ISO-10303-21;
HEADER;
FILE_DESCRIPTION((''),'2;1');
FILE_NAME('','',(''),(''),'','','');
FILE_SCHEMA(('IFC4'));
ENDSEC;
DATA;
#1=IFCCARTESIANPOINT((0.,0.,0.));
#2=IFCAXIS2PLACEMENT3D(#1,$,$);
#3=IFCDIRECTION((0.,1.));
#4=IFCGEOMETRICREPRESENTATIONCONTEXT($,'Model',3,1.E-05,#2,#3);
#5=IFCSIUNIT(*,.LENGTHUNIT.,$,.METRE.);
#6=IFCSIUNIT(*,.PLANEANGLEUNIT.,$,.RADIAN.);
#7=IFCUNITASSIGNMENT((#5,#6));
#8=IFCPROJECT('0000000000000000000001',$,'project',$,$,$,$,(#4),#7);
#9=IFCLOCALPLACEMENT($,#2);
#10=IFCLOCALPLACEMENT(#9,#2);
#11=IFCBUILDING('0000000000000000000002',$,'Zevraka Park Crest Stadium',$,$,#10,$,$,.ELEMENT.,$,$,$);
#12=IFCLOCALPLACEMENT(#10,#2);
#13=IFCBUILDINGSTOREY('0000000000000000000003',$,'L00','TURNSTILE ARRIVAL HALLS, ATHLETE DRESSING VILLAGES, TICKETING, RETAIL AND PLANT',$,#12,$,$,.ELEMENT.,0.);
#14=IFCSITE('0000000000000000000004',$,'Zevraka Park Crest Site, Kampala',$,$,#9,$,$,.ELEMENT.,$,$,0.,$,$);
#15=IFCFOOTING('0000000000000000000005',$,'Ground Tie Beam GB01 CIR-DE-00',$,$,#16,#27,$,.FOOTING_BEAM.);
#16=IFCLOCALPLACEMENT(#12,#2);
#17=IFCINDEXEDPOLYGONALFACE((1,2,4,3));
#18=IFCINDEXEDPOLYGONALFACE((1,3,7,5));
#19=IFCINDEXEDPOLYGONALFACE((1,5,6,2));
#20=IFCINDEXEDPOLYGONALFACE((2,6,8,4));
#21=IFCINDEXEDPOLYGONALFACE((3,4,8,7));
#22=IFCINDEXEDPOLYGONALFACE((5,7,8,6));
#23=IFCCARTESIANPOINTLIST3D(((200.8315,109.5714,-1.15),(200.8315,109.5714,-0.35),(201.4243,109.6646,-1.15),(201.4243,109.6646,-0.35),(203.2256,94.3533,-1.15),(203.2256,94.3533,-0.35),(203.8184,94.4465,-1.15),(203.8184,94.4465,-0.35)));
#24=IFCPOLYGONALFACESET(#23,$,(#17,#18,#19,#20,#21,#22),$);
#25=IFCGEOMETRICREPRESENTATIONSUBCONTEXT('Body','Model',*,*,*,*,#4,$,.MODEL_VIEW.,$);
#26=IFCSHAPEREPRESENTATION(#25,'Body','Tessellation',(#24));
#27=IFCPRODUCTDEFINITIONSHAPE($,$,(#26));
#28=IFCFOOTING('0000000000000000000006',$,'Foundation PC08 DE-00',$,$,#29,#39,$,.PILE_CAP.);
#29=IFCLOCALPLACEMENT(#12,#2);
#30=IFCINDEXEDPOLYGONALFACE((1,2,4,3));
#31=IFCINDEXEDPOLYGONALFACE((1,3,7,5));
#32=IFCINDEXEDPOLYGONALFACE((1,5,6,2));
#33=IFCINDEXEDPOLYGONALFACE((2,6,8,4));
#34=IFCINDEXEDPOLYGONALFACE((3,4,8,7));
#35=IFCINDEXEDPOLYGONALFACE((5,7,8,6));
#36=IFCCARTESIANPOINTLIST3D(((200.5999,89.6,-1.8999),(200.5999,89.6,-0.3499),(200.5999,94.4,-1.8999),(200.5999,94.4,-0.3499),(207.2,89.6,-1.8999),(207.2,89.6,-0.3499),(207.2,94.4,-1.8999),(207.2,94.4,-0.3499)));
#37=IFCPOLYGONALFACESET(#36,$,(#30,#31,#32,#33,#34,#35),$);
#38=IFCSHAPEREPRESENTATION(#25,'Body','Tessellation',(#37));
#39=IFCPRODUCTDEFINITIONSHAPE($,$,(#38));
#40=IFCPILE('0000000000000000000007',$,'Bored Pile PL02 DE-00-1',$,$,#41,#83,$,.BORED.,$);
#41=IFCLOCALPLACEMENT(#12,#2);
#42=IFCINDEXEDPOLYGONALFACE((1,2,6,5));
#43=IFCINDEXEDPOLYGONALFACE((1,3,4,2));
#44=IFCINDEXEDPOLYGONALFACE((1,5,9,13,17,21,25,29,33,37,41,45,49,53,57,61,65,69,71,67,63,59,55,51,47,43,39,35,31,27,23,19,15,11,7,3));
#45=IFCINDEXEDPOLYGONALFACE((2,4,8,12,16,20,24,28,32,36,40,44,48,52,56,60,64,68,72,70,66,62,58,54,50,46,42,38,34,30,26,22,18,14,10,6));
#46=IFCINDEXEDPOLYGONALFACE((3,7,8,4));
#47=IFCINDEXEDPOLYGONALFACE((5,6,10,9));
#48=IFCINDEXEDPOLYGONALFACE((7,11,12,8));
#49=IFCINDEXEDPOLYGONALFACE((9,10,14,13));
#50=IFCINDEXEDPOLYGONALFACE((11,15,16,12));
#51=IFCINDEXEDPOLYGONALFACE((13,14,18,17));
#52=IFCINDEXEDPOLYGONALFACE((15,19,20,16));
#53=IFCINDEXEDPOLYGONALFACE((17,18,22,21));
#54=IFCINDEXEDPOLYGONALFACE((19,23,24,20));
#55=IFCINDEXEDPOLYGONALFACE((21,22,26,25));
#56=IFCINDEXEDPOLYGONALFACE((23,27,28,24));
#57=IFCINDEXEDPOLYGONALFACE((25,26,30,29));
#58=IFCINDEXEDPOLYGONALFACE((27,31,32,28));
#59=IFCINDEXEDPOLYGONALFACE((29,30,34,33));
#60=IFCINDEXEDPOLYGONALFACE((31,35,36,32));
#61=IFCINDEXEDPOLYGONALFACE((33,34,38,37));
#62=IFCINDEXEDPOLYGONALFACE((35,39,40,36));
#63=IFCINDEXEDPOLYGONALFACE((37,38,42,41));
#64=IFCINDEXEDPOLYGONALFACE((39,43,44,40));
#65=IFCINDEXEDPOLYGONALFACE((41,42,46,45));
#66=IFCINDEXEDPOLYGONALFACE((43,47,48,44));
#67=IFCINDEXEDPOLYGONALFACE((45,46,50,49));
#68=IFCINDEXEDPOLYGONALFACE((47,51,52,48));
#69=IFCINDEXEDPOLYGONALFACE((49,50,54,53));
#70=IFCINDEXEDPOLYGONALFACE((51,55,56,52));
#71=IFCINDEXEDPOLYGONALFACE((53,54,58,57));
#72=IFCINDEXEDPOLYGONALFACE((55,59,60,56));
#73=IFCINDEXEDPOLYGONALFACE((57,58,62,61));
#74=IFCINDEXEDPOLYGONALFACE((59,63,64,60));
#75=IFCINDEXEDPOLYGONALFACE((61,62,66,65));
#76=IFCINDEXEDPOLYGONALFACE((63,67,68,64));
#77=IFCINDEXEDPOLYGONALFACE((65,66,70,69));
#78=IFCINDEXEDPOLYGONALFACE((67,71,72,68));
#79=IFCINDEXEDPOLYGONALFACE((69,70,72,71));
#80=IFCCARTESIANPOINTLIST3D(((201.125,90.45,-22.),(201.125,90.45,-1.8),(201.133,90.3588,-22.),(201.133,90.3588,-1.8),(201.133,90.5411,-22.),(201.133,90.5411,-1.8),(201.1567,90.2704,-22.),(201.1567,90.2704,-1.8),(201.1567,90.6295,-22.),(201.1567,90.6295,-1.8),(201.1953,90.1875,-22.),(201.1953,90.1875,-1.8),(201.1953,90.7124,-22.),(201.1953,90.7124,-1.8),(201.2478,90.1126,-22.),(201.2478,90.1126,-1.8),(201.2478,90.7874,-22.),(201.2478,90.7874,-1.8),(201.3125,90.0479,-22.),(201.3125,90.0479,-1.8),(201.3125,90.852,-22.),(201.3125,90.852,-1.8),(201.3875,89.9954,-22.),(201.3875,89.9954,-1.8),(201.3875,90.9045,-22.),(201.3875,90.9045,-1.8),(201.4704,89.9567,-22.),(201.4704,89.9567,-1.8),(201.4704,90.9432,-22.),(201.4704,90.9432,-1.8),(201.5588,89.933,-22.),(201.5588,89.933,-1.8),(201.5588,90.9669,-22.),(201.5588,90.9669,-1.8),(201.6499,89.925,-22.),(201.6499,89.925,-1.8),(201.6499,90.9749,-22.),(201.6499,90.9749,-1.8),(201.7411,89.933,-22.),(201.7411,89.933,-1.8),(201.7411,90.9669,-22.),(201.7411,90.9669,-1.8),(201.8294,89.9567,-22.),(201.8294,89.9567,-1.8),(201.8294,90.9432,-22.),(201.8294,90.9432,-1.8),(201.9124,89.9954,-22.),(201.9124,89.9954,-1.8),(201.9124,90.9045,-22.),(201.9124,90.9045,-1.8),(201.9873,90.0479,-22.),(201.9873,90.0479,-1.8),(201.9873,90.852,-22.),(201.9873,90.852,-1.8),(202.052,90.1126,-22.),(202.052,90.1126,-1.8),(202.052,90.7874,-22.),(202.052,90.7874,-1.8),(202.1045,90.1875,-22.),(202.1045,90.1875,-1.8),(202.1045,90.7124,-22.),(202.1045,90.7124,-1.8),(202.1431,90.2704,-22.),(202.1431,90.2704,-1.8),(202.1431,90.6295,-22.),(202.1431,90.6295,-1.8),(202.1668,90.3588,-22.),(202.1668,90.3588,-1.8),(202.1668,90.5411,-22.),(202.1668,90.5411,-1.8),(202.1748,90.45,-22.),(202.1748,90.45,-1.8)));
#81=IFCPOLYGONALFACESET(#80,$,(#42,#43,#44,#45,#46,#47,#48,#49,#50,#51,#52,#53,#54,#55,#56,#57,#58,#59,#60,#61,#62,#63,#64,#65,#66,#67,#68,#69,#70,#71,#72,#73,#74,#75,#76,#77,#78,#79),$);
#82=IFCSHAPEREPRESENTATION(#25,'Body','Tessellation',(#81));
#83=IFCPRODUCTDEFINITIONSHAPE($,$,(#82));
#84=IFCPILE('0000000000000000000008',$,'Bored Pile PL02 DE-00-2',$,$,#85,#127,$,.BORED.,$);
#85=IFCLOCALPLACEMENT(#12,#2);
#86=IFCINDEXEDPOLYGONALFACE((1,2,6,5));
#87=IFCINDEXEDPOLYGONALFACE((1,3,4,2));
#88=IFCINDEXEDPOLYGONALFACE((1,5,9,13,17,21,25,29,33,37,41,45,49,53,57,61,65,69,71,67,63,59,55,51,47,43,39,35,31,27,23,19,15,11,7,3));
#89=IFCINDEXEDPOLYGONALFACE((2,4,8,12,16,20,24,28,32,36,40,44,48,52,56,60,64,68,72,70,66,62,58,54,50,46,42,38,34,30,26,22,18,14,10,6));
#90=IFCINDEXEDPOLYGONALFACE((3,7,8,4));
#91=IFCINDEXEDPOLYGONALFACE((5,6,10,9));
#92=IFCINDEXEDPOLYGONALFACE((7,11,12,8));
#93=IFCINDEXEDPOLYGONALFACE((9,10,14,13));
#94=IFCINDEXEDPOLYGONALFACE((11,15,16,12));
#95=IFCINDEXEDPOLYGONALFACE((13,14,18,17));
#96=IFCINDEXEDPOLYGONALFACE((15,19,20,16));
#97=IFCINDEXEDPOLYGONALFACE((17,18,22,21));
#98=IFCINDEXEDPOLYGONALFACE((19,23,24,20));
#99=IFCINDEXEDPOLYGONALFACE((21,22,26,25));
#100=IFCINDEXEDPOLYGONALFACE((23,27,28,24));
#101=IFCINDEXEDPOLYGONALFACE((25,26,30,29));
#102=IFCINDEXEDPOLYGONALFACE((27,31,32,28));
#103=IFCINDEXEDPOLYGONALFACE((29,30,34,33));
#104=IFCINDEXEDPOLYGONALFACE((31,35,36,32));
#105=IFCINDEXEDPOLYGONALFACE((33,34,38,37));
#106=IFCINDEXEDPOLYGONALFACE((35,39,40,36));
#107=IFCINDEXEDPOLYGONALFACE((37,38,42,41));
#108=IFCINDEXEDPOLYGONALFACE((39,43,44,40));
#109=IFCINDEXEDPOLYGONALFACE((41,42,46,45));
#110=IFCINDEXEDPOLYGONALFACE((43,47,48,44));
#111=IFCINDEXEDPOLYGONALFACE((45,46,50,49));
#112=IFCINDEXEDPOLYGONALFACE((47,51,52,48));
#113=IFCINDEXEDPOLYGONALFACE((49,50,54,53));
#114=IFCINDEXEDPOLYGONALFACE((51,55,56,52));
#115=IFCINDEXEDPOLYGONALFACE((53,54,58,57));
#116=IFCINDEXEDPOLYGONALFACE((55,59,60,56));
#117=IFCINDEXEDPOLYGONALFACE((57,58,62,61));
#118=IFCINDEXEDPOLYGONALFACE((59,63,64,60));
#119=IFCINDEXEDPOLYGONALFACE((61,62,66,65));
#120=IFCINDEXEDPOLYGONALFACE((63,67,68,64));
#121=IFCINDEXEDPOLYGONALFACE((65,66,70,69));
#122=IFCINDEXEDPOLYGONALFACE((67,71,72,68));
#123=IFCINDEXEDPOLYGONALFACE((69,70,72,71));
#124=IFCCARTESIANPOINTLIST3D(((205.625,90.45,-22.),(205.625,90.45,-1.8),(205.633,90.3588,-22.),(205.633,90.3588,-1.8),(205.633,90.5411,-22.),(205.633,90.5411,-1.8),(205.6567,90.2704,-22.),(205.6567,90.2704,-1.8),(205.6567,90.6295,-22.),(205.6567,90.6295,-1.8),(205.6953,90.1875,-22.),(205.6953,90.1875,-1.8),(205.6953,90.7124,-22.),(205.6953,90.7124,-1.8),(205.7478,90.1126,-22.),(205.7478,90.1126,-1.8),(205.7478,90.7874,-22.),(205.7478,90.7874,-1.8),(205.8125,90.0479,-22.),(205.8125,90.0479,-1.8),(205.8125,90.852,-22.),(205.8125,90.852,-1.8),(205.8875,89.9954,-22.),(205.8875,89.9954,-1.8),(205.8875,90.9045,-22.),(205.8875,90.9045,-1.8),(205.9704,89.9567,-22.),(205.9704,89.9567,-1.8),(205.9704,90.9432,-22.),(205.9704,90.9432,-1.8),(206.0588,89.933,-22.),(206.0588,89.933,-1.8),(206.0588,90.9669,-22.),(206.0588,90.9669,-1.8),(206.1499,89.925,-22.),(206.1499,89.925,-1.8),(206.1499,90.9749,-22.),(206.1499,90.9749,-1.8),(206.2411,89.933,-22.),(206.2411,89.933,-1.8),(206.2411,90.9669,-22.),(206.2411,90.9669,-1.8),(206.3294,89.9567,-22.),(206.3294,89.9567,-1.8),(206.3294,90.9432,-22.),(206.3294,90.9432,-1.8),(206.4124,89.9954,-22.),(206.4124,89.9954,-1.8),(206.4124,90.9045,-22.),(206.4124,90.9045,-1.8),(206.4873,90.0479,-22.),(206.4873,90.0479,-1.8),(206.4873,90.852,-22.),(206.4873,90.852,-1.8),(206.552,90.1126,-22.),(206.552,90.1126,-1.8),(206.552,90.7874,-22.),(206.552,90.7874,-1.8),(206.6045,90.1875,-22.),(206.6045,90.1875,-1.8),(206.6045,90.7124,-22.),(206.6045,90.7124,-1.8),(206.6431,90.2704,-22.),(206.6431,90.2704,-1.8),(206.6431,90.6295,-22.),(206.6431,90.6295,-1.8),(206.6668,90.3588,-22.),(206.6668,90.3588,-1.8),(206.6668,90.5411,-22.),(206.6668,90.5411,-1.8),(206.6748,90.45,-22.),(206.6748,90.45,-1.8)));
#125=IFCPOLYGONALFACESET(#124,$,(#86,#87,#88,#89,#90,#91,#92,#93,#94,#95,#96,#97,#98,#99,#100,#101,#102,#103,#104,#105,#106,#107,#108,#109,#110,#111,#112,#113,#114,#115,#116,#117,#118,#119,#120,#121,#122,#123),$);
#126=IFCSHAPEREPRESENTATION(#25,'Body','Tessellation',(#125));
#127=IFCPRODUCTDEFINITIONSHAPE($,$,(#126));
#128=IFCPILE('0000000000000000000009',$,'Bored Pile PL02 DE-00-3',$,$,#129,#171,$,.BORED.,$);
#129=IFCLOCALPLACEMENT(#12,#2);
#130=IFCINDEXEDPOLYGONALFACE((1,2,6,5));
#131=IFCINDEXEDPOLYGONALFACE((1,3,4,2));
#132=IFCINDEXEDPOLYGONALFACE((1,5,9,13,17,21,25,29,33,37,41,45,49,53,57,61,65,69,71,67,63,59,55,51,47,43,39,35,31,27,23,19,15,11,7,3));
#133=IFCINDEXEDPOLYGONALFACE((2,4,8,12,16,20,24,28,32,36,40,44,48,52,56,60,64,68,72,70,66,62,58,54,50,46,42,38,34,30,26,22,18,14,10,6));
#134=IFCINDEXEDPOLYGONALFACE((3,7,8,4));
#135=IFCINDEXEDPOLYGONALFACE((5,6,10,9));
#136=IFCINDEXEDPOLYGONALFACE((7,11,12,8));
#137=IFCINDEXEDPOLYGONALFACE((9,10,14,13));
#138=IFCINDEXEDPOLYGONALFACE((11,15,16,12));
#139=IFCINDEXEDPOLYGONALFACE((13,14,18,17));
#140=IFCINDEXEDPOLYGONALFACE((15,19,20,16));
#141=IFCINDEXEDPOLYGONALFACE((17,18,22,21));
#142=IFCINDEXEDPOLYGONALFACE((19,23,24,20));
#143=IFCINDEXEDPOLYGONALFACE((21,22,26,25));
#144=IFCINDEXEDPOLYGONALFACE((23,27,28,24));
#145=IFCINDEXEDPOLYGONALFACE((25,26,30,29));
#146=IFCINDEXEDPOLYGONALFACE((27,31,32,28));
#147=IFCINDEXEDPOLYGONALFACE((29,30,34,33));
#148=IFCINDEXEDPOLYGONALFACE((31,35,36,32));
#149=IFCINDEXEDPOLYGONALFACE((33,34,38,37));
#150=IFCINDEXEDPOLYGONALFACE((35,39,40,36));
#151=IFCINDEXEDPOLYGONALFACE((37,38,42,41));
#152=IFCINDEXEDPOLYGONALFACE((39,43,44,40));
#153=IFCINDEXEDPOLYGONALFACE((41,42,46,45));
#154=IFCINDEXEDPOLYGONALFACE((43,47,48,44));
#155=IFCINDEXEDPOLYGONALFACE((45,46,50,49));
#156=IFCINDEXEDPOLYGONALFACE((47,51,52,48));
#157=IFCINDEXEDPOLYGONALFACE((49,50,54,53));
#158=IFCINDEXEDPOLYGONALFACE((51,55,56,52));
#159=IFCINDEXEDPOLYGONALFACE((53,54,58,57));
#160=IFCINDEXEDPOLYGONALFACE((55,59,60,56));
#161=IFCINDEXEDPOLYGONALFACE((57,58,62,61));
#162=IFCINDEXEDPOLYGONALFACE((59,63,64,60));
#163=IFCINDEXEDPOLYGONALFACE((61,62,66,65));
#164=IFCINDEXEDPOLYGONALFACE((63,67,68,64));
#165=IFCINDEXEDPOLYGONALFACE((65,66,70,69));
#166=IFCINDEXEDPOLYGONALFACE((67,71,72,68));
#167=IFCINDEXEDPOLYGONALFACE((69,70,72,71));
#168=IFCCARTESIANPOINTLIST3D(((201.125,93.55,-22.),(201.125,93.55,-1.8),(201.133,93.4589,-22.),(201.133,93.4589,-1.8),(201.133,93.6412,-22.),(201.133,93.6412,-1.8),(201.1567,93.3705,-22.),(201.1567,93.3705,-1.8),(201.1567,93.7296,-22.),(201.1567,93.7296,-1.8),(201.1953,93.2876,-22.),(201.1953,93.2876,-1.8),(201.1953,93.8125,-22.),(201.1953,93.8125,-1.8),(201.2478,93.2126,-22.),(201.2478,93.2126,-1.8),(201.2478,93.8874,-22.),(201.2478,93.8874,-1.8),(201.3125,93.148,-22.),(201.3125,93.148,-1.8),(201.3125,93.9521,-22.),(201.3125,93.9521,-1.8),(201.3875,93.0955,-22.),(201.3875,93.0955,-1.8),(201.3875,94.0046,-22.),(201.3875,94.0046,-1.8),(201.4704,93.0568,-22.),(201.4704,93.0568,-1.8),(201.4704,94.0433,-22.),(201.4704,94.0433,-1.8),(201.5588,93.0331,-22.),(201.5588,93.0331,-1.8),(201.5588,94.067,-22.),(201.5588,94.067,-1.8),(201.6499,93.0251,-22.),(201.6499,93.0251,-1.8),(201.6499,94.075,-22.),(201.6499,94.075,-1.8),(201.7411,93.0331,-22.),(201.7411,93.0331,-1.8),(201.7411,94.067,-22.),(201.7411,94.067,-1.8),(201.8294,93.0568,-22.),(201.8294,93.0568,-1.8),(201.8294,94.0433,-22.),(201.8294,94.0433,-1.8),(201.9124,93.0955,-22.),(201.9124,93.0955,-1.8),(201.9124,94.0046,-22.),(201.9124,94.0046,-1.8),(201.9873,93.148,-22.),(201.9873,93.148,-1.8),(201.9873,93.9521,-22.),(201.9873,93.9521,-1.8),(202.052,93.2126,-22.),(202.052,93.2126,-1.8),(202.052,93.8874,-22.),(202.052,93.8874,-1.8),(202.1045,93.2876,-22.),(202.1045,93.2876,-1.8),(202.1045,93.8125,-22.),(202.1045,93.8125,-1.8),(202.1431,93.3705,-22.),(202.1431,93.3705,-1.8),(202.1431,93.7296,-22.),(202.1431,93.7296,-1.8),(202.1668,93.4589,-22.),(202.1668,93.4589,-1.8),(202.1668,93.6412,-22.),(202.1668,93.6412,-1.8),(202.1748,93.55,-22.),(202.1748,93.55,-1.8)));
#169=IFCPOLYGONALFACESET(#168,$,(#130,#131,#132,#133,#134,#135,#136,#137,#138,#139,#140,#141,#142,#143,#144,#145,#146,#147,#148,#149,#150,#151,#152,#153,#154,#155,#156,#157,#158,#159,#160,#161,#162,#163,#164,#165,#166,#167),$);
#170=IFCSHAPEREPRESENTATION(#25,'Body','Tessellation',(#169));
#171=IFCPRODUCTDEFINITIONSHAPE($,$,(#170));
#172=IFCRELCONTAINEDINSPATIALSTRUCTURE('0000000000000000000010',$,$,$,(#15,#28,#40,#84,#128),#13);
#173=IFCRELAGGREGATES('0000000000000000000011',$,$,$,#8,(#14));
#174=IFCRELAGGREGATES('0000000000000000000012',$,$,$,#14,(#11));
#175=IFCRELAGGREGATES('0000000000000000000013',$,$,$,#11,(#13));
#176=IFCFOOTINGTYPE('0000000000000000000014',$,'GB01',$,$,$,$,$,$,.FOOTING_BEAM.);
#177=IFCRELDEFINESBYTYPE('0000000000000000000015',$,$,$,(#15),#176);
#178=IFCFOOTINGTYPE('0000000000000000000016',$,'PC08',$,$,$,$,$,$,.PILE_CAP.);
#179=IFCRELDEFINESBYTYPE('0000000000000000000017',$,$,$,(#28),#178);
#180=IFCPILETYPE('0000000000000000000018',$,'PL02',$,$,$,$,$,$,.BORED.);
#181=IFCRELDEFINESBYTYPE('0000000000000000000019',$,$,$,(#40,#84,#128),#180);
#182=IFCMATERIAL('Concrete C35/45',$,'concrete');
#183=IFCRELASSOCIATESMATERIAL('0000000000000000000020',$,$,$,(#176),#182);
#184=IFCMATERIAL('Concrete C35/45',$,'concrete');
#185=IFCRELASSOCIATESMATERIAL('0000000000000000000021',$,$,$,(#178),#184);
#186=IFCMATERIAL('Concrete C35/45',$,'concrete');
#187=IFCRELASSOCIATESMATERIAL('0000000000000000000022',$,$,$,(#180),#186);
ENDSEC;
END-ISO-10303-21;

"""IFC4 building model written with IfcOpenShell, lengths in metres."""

from ifc_helpers import new_model, si_unit, direction, frame, origin, origin_2d, place, context, subcontext, project, spatial, rectangle, circle, extrude, material, material_profile, profile_set, type_object, element, save


model = new_model("IFC4")

# Units and contexts
model_context = context("Model", 3, precision=1e-05, world=origin(), true_north=direction((0.0, 1.0)))
body_context = subcontext(model_context, "Body", "Model", "MODEL_VIEW")
ifc_project = project(units=[si_unit("LENGTHUNIT", "METRE"), si_unit("PLANEANGLEUNIT", "RADIAN")], contexts=[model_context])

# Site, building, storey
site_placement = place(None, origin())
site = spatial("IfcSite", under=ifc_project, at=site_placement, Name="Zevraka Park Crest Site, Kampala", CompositionType="ELEMENT", RefElevation=0.0)
building_placement = place(site_placement, origin())
building = spatial("IfcBuilding", under=site, at=building_placement, Name="Zevraka Park Crest Stadium", CompositionType="ELEMENT")
storey_placement = place(building_placement, origin())
storey = spatial("IfcBuildingStorey", under=building, at=storey_placement, Name="L00", Description="TURNSTILE ARRIVAL HALLS, ATHLETE DRESSING VILLAGES, TICKETING, RETAIL AND PLANT", CompositionType="ELEMENT", Elevation=0.0)

# Footings
ifc_material_1 = material(Name="Concrete C35/45", Category="concrete")
ifc_material_profile_1 = material_profile(ifc_material_1, rectangle(XDim=0.6001, YDim=0.8, at=origin_2d()), Name="GB 800x600")
ifc_profile_set_1 = profile_set([ifc_material_profile_1], Name="Concrete C35/45")
footing_type_1 = type_object("IfcFootingType", Name="GB01", PredefinedType="FOOTING_BEAM", material=ifc_profile_set_1)
footing_1_placement = place(storey_placement, frame((203.522, 94.3999, -0.75), z_axis=(-0.155405, 0.987851, 0.0), x_axis=(-0.987851, -0.155405, 0.0)))
element("IfcFooting", 1, at=footing_1_placement, inside=storey, type_object=footing_type_1, Name="Ground Tie Beam GB01 CIR-DE-00", PredefinedType="FOOTING_BEAM", context=body_context, shape_type="SweptSolid", body=[
    extrude(rectangle(XDim=0.6001, YDim=0.8, at=origin_2d()), origin(), (0.0, 0.0, 1.0), 15.4053),
])
ifc_material_2 = material(Name="Concrete C35/45", Category="concrete")
footing_type_2 = type_object("IfcFootingType", Name="PC08", PredefinedType="PILE_CAP", material=ifc_material_2)
footing_2_placement = place(storey_placement, frame((203.8999, 92.0, -1.8999), z_axis=(0.0, 0.0, 1.0), x_axis=(1.0, 0.0, 0.0)))
element("IfcFooting", 2, at=footing_2_placement, inside=storey, type_object=footing_type_2, Name="Foundation PC08 DE-00", PredefinedType="PILE_CAP", context=body_context, shape_type="SweptSolid", body=[
    extrude(rectangle(XDim=6.6001, YDim=4.8, at=origin_2d()), origin(), (0.0, 0.0, 1.0), 1.55),
])

# Piles
ifc_material_3 = material(Name="Concrete C35/45", Category="concrete")
ifc_material_profile_2 = material_profile(ifc_material_3, circle(Radius=0.5249, at=origin_2d()), Name="PILE D1050")
ifc_profile_set_2 = profile_set([ifc_material_profile_2], Name="Concrete C35/45")
pile_type = type_object("IfcPileType", Name="PL02", PredefinedType="BORED", material=ifc_profile_set_2)
for number, where, z_axis, x_axis, name in (
    (3, (201.6499, 90.45, -1.8), (0.0, 0.0, -1.0), (1.0, 0.0, 0.0), "Bored Pile PL02 DE-00-1"),
    (4, (206.1499, 90.45, -1.8), (0.0, 0.0, -1.0), (1.0, 0.0, 0.0), "Bored Pile PL02 DE-00-2"),
    (5, (201.6499, 93.55, -1.8), (0.0, 0.0, -1.0), (1.0, 0.0, 0.0), "Bored Pile PL02 DE-00-3"),
):
    element("IfcPile", number, at=place(storey_placement, frame(where, z_axis=z_axis, x_axis=x_axis)), inside=storey, type_object=pile_type, Name=name, PredefinedType="BORED", context=body_context, shape_type="SweptSolid", body=[
        extrude(circle(Radius=0.5249, at=origin_2d()), origin(), (0.0, 0.0, 1.0), 20.2),
    ])

save(model, "model.ifc")
